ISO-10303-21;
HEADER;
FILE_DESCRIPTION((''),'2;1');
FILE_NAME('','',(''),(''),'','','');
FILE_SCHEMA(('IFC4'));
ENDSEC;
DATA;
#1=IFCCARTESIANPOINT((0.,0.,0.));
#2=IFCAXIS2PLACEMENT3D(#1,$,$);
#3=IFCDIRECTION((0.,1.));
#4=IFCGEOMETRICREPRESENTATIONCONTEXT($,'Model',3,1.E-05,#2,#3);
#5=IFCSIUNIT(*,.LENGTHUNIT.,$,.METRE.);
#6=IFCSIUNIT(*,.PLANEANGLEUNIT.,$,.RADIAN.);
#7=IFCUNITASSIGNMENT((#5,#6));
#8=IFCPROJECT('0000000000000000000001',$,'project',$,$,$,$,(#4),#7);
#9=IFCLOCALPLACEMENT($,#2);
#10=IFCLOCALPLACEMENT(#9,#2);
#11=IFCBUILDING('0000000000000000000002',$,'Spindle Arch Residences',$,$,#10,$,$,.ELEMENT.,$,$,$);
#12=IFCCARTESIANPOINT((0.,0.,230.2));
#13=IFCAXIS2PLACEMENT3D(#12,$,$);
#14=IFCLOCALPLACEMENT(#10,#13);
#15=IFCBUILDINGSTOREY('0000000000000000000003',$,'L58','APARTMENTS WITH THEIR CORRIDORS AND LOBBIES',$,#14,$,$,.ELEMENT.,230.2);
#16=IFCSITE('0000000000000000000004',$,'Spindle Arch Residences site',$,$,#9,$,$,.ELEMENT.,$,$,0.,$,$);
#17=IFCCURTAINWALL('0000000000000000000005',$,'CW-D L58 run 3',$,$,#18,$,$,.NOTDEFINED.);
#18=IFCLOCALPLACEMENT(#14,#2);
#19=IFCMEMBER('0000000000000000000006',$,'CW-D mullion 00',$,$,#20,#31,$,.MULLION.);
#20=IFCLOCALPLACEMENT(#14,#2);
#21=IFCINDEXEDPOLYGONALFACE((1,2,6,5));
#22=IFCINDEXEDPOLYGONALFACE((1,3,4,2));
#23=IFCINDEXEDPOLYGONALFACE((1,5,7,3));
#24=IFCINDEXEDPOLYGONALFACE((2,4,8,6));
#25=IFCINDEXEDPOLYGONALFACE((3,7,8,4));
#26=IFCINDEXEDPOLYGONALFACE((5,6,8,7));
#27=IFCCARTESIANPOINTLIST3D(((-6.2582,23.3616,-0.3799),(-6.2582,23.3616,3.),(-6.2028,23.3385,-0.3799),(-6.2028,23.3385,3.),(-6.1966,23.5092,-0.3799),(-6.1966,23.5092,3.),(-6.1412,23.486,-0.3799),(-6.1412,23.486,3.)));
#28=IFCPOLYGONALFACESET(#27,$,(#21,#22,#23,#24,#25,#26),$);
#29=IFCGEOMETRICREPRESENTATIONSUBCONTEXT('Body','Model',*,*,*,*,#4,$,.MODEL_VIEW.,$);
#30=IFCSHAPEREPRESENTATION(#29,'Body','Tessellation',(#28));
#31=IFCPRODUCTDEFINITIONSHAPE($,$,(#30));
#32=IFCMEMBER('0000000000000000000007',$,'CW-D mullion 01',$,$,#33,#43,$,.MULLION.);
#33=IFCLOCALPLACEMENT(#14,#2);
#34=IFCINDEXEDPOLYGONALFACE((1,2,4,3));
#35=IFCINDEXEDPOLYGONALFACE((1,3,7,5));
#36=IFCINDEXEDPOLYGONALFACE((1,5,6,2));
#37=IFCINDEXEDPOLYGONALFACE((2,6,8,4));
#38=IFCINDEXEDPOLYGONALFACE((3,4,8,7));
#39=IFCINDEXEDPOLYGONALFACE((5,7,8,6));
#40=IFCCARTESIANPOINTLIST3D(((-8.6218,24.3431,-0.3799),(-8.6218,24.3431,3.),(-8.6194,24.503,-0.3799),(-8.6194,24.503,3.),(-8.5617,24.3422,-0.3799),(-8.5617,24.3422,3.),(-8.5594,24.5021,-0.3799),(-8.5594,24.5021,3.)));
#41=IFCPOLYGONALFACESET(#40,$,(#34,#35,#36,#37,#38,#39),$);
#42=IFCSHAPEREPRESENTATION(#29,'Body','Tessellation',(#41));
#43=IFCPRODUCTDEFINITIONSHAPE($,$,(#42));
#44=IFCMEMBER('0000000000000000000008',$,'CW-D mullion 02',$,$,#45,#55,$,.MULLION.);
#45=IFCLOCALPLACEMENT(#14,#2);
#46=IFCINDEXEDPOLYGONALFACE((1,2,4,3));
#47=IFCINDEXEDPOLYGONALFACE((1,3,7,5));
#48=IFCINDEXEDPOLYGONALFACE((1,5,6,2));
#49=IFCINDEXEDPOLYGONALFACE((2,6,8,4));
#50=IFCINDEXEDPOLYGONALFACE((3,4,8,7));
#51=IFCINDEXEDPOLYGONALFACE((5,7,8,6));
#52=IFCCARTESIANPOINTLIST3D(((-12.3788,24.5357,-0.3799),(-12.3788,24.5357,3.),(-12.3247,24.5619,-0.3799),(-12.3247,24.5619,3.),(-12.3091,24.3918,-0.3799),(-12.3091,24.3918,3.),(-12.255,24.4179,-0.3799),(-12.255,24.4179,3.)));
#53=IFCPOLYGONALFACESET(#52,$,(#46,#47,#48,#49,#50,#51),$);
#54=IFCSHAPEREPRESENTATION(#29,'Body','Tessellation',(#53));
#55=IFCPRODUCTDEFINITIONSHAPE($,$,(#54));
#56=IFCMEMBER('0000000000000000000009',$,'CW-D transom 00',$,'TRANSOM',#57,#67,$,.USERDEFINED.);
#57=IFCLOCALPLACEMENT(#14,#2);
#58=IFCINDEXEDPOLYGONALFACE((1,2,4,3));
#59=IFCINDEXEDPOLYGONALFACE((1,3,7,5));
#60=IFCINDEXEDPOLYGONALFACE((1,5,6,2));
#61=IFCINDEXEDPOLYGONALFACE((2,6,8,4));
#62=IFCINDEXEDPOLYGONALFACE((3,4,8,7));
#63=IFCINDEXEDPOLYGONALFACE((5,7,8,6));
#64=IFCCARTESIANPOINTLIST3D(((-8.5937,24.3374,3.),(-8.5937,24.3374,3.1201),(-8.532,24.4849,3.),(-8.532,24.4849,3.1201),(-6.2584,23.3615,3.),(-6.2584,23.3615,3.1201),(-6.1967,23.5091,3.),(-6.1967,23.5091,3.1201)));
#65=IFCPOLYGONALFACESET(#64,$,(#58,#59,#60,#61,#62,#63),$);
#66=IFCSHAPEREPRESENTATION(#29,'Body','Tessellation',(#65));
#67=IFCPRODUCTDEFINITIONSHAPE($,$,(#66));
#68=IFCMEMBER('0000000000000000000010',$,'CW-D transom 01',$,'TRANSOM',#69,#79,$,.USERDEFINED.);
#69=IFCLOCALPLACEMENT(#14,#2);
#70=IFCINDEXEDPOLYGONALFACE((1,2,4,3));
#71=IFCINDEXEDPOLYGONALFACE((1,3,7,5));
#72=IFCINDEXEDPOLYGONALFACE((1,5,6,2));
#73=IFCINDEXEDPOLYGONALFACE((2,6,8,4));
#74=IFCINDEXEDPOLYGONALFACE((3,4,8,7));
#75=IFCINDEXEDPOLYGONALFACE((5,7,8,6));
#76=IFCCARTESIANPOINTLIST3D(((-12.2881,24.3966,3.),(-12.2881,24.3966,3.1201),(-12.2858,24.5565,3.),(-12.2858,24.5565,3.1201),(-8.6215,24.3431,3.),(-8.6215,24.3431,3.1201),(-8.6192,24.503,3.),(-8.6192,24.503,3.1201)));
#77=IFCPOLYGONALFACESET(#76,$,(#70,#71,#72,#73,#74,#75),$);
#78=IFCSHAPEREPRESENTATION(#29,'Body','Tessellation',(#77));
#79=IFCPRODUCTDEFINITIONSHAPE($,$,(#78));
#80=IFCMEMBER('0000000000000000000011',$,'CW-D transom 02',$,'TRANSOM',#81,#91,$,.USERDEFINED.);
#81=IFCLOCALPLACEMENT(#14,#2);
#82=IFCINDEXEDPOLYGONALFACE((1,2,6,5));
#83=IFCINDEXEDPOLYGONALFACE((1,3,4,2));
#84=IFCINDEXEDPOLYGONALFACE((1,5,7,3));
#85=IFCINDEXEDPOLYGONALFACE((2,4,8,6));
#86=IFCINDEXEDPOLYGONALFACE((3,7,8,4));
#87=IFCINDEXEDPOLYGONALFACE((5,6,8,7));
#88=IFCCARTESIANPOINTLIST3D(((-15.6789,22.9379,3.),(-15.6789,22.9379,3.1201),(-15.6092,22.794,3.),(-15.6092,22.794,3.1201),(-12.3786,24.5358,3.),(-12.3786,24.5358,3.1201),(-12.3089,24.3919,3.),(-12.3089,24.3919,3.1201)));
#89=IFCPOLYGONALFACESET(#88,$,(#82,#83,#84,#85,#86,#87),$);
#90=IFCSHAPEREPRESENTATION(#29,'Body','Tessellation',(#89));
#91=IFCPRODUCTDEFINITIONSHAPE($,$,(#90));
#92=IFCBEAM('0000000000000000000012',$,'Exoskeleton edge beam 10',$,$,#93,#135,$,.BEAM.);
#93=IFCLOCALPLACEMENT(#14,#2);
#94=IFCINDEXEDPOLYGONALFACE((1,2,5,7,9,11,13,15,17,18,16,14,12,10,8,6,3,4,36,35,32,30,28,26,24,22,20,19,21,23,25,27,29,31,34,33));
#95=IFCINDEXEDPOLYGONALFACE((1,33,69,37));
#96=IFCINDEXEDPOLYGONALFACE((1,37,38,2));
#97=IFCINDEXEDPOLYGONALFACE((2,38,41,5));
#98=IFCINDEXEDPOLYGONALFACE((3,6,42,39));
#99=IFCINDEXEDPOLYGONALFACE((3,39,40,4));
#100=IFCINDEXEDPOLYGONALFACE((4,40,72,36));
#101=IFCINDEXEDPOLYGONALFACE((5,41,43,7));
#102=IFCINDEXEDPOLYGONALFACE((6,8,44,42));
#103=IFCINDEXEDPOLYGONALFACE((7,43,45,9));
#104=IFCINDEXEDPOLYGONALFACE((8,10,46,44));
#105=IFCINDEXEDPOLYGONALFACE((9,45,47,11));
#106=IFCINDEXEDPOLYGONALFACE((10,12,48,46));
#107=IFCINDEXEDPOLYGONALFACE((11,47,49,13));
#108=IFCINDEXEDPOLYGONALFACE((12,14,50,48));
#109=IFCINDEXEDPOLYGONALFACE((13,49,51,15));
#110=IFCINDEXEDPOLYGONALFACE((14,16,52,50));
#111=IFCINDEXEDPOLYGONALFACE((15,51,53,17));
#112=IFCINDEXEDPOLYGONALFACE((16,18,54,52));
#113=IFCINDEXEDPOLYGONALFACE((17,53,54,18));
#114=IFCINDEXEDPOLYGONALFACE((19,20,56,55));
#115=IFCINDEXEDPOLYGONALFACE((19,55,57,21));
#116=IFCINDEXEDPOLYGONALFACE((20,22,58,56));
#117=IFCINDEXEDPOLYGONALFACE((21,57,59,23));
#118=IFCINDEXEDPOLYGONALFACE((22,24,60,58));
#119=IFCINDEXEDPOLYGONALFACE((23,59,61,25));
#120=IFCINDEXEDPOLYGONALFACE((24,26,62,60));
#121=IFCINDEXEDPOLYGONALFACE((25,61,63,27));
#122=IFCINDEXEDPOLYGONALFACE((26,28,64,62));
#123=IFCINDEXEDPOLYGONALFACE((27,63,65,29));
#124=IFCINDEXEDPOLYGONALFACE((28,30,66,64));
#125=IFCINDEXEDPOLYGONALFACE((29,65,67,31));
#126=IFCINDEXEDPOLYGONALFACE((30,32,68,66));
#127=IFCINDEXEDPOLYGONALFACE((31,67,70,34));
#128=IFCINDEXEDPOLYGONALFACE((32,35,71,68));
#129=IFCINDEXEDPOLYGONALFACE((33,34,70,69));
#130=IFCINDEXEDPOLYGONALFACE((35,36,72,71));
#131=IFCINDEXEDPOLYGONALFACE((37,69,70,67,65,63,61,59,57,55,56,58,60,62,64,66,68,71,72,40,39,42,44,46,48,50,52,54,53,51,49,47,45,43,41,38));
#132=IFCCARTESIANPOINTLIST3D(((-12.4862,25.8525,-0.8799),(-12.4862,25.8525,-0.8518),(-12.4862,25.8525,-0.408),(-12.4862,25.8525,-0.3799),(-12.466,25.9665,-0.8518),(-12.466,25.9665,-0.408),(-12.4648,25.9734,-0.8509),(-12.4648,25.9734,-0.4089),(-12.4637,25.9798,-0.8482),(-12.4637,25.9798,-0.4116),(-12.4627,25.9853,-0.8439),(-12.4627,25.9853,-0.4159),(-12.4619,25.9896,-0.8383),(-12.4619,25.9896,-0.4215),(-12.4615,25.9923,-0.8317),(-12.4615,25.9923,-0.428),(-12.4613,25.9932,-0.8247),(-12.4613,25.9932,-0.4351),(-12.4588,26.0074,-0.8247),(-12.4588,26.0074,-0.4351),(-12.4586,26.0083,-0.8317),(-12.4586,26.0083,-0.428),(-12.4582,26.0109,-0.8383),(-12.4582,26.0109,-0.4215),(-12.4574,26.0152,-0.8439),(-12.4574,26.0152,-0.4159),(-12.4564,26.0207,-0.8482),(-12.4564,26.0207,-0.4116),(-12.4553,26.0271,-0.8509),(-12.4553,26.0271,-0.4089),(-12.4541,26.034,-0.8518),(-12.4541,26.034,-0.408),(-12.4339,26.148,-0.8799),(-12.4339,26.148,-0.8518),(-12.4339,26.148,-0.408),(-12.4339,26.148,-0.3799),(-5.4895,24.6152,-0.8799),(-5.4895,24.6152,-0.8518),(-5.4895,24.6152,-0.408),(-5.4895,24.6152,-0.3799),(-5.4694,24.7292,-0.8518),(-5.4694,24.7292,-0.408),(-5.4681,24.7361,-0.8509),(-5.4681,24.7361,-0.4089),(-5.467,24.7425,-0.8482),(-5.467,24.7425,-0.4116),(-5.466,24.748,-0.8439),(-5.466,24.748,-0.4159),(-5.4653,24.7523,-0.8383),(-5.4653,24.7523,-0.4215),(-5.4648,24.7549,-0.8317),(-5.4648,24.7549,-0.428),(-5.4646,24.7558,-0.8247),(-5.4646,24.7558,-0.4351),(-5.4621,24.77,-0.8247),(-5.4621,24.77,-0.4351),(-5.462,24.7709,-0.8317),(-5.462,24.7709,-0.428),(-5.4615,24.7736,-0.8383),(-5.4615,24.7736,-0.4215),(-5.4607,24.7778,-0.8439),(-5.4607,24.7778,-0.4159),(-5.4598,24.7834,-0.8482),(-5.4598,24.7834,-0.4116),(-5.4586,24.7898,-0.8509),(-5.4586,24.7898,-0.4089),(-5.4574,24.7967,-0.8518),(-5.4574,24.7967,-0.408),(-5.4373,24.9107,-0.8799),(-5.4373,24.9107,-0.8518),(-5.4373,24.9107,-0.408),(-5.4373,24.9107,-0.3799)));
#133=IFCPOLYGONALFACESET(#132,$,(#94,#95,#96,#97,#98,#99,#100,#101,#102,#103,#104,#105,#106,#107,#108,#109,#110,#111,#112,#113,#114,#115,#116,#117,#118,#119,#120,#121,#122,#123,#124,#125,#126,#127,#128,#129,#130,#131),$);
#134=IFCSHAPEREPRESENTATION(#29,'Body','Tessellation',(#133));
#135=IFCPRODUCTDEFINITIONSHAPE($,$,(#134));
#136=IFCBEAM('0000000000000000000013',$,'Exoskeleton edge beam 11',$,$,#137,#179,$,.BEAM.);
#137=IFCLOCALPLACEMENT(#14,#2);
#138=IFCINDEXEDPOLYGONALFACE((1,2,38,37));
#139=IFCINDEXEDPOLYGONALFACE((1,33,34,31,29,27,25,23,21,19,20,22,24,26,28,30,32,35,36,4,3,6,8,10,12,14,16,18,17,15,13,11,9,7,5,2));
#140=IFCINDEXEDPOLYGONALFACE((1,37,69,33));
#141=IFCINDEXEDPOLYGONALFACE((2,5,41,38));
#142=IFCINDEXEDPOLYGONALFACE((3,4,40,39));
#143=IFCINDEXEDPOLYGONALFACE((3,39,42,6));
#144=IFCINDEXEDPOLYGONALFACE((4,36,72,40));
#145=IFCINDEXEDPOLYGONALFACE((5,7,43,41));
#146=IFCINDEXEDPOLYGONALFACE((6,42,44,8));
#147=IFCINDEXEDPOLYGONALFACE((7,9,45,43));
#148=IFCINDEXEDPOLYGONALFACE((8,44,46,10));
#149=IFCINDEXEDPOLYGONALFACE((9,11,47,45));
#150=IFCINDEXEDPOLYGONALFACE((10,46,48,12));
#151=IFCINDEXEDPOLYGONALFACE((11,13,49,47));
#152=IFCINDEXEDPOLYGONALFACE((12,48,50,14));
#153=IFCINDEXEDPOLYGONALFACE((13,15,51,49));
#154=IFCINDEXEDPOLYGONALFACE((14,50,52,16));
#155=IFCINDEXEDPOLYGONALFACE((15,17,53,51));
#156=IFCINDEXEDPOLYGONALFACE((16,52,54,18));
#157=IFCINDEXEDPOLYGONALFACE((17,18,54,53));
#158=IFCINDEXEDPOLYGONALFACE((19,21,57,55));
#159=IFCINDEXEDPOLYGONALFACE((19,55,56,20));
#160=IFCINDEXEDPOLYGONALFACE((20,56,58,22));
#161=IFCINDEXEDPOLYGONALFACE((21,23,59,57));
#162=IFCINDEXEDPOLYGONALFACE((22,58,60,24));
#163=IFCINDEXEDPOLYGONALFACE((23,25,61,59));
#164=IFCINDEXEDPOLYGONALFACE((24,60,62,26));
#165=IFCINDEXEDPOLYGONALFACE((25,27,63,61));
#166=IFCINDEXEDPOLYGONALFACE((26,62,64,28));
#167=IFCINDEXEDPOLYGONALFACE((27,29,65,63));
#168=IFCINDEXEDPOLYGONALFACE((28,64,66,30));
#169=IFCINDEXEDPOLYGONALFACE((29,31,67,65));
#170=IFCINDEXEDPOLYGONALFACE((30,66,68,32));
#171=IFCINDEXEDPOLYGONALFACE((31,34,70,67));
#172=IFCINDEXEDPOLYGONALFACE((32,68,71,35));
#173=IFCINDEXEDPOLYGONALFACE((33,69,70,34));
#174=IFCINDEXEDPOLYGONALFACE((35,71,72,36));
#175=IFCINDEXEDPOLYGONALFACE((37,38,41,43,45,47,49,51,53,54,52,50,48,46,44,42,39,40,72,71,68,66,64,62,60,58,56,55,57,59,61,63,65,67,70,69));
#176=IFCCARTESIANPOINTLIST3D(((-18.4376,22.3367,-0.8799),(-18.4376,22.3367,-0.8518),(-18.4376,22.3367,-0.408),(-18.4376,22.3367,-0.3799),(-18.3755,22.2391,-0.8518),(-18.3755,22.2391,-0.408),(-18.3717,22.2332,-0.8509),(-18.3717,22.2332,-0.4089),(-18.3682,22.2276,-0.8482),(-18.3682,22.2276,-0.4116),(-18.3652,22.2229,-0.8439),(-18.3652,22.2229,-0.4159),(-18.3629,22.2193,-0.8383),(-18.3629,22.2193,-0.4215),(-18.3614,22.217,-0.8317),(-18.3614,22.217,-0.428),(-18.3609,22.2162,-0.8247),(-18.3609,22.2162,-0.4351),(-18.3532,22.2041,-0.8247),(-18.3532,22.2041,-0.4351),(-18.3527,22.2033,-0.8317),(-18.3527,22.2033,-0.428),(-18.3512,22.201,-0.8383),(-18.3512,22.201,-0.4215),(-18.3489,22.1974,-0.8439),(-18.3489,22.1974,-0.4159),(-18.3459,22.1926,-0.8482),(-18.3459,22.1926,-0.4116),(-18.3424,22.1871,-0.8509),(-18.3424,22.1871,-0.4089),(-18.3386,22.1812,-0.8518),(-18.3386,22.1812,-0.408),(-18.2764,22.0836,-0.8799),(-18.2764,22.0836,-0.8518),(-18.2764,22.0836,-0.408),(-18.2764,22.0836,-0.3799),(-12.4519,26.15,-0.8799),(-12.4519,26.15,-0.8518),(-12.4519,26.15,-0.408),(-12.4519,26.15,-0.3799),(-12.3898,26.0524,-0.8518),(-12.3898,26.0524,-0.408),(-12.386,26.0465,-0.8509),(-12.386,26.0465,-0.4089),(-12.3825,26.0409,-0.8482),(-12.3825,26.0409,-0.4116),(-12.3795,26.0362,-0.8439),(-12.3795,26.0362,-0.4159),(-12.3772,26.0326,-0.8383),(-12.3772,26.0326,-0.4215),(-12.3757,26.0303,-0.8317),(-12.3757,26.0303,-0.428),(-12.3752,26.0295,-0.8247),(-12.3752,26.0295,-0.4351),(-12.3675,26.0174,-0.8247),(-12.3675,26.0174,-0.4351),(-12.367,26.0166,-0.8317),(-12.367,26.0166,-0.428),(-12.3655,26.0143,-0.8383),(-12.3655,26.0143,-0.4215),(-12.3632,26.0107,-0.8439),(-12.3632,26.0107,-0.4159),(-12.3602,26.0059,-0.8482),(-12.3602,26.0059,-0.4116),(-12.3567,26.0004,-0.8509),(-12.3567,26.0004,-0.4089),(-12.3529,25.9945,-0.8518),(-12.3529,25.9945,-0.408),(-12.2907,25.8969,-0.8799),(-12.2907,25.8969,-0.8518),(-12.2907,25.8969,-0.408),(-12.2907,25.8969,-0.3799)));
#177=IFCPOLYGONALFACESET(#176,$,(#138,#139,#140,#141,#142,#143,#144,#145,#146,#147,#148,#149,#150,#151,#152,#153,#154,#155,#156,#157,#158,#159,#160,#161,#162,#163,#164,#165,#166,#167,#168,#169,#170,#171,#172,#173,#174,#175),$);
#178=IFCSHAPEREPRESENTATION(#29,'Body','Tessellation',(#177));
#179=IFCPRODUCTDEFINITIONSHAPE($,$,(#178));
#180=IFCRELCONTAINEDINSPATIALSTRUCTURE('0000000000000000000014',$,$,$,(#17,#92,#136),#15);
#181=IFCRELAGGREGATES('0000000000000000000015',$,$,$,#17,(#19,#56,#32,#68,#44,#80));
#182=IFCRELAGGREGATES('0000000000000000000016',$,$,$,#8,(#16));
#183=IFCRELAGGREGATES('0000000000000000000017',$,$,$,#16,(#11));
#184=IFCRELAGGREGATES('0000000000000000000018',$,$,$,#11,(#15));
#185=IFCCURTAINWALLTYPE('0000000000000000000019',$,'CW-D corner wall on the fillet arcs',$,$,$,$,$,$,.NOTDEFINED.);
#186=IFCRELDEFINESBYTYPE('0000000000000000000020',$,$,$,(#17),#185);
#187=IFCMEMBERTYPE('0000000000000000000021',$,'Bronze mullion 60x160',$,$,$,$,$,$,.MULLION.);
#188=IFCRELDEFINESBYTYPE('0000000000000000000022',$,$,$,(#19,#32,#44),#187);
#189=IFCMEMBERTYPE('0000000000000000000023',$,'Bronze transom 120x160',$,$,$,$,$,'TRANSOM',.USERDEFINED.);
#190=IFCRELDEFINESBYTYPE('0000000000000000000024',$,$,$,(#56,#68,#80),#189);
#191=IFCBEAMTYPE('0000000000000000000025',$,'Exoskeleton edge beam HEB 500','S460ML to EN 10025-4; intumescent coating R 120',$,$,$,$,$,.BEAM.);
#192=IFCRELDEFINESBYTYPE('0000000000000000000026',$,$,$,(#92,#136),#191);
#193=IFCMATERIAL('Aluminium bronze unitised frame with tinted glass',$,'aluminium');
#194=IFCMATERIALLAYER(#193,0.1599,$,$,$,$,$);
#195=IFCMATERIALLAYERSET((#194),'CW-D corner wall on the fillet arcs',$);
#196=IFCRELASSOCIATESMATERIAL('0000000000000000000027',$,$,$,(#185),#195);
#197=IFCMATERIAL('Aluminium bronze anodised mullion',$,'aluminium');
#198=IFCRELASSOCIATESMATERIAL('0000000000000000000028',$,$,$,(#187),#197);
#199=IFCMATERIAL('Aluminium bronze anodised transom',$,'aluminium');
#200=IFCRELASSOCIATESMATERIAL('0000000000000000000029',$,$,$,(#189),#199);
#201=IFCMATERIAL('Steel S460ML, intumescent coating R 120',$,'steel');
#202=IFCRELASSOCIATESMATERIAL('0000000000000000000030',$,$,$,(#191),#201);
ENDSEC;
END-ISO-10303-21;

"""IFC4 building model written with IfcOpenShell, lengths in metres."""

from ifc_helpers import new_model, si_unit, direction, frame, origin, origin_2d, place, context, subcontext, project, spatial, rectangle, i_section, extrude, material, layer, layer_set, material_profile, profile_set, type_object, element, aggregate, save


model = new_model("IFC4")

# Units and contexts
model_context = context("Model", 3, precision=1e-05, world=origin(), true_north=direction((0.0, 1.0)))
body_context = subcontext(model_context, "Body", "Model", "MODEL_VIEW")
ifc_project = project(units=[si_unit("LENGTHUNIT", "METRE"), si_unit("PLANEANGLEUNIT", "RADIAN")], contexts=[model_context])

# Site, building, storey
site_placement = place(None, origin())
site = spatial("IfcSite", under=ifc_project, at=site_placement, Name="Spindle Arch Residences site", CompositionType="ELEMENT", RefElevation=0.0)
building_placement = place(site_placement, origin())
building = spatial("IfcBuilding", under=site, at=building_placement, Name="Spindle Arch Residences", CompositionType="ELEMENT")
storey_placement = place(building_placement, frame((0.0, 0.0, 230.2)))
storey = spatial("IfcBuildingStorey", under=building, at=storey_placement, Name="L58", Description="APARTMENTS WITH THEIR CORRIDORS AND LOBBIES", CompositionType="ELEMENT", Elevation=230.2)

# Curtain wall, members
ifc_material_1 = material(Name="Aluminium bronze unitised frame with tinted glass", Category="aluminium")
ifc_layer_1 = layer(ifc_material_1, 0.1599)
ifc_layer_set_1 = layer_set([ifc_layer_1], Name="CW-D corner wall on the fillet arcs")
curtain_wall_type_1 = type_object("IfcCurtainWallType", Name="CW-D corner wall on the fillet arcs", PredefinedType="NOTDEFINED", material=ifc_layer_set_1)
curtain_wall_1_placement = place(storey_placement, origin())
curtain_wall_1 = element("IfcCurtainWall", 1, at=curtain_wall_1_placement, inside=storey, type_object=curtain_wall_type_1, Name="CW-D L58 run 3", PredefinedType="NOTDEFINED")
ifc_material_2 = material(Name="Aluminium bronze anodised mullion", Category="aluminium")
ifc_material_profile_1 = material_profile(ifc_material_2, rectangle(XDim=0.1599, YDim=0.0601, at=origin_2d()), Name="MU 60x160")
ifc_profile_set_1 = profile_set([ifc_material_profile_1], Name="Aluminium bronze anodised mullion")
member_type_1 = type_object("IfcMemberType", Name="Bronze mullion 60x160", PredefinedType="MULLION", material=ifc_profile_set_1)
member_1_placement = place(storey_placement, frame((-6.1997, 23.4238, -0.3799), z_axis=(0.0, 0.0, 1.0), x_axis=(-0.385552, -0.922686, 0.0)))
member_1 = element("IfcMember", 2, at=member_1_placement, type_object=member_type_1, Name="CW-D mullion 00", PredefinedType="MULLION", context=body_context, shape_type="SweptSolid", body=[
    extrude(rectangle(XDim=0.1599, YDim=0.0601, at=origin_2d()), origin(), (0.0, 0.0, 1.0), 3.3799),
])
member_2_placement = place(storey_placement, frame((-8.5906, 24.4226, -0.3799), z_axis=(0.0, 0.0, 1.0), x_axis=(-0.014544, -0.999894, 0.0)))
member_2 = element("IfcMember", 3, at=member_2_placement, type_object=member_type_1, Name="CW-D mullion 01", PredefinedType="MULLION", context=body_context, shape_type="SweptSolid", body=[
    extrude(rectangle(XDim=0.1599, YDim=0.0601, at=origin_2d()), origin(), (0.0, 0.0, 1.0), 3.3799),
])
member_3_placement = place(storey_placement, frame((-12.3169, 24.4768, -0.3799), z_axis=(0.0, 0.0, 1.0), x_axis=(0.435755, -0.900065, 0.0)))
member_3 = element("IfcMember", 4, at=member_3_placement, type_object=member_type_1, Name="CW-D mullion 02", PredefinedType="MULLION", context=body_context, shape_type="SweptSolid", body=[
    extrude(rectangle(XDim=0.1599, YDim=0.0601, at=origin_2d()), origin(), (0.0, 0.0, 1.0), 3.3799),
])
ifc_material_3 = material(Name="Aluminium bronze anodised transom", Category="aluminium")
ifc_material_profile_2 = material_profile(ifc_material_3, rectangle(XDim=0.1599, YDim=0.1201, at=origin_2d()), Name="TR 120x160")
ifc_profile_set_2 = profile_set([ifc_material_profile_2], Name="Aluminium bronze anodised transom")
member_type_2 = type_object("IfcMemberType", Name="Bronze transom 120x160", ElementType="TRANSOM", PredefinedType="USERDEFINED", material=ifc_profile_set_2)
member_4_placement = place(storey_placement, frame((-6.2275, 23.4353, 3.0601), z_axis=(-0.92268, 0.385567, 0.0), x_axis=(-0.385567, -0.92268, 0.0)))
member_4 = element("IfcMember", 5, at=member_4_placement, type_object=member_type_2, Name="CW-D transom 00", ObjectType="TRANSOM", PredefinedType="USERDEFINED", context=body_context, shape_type="SweptSolid", body=[
    extrude(rectangle(XDim=0.1599, YDim=0.1201, at=origin_2d()), origin(), (0.0, 0.0, 1.0), 2.531),
])
member_5_placement = place(storey_placement, frame((-8.6204, 24.4231, 3.0601), z_axis=(-0.999894, 0.014581, 0.0), x_axis=(-0.014581, -0.999894, 0.0)))
member_5 = element("IfcMember", 6, at=member_5_placement, type_object=member_type_2, Name="CW-D transom 01", ObjectType="TRANSOM", PredefinedType="USERDEFINED", context=body_context, shape_type="SweptSolid", body=[
    extrude(rectangle(XDim=0.1599, YDim=0.1201, at=origin_2d()), origin(), (0.0, 0.0, 1.0), 3.667),
])
member_6_placement = place(storey_placement, frame((-12.3438, 24.4639, 3.0601), z_axis=(-0.900054, -0.435778, 0.0), x_axis=(0.435778, -0.900054, 0.0)))
member_6 = element("IfcMember", 7, at=member_6_placement, type_object=member_type_2, Name="CW-D transom 02", ObjectType="TRANSOM", PredefinedType="USERDEFINED", context=body_context, shape_type="SweptSolid", body=[
    extrude(rectangle(XDim=0.1599, YDim=0.1201, at=origin_2d()), origin(), (0.0, 0.0, 1.0), 3.6667),
])

# Beams
ifc_material_4 = material(Name="Steel S460ML, intumescent coating R 120", Category="steel")
ifc_material_profile_3 = material_profile(ifc_material_4, i_section(OverallWidth=0.3, OverallDepth=0.5, WebThickness=0.0144, FlangeThickness=0.0281, FilletRadius=0.0271, at=origin_2d()), Name="HEB 500")
ifc_profile_set_3 = profile_set([ifc_material_profile_3], Name="Steel S460ML, intumescent coating R 120")
beam_type_1 = type_object("IfcBeamType", Name="Exoskeleton edge beam HEB 500", Description="S460ML to EN 10025-4; intumescent coating R 120", PredefinedType="BEAM", material=ifc_profile_set_3)
beam_1_placement = place(storey_placement, frame((-5.4634, 24.7629, -0.6299), z_axis=(-0.984721, 0.174142, 0.0), x_axis=(-0.174142, -0.984721, 0.0)))
element("IfcBeam", 8, at=beam_1_placement, inside=storey, type_object=beam_type_1, Name="Exoskeleton edge beam 10", PredefinedType="BEAM", context=body_context, shape_type="SweptSolid", body=[
    extrude(i_section(OverallWidth=0.3, OverallDepth=0.5, WebThickness=0.0144, FlangeThickness=0.0281, FilletRadius=0.0271, at=origin_2d()), origin(), (0.0, 0.0, 1.0), 7.1052),
])
beam_2_placement = place(storey_placement, frame((-12.3713, 26.0234, -0.6299), z_axis=(-0.843392, -0.537298, 0.0), x_axis=(0.537298, -0.843392, 0.0)))
element("IfcBeam", 9, at=beam_2_placement, inside=storey, type_object=beam_type_1, Name="Exoskeleton edge beam 11", PredefinedType="BEAM", context=body_context, shape_type="SweptSolid", body=[
    extrude(i_section(OverallWidth=0.3, OverallDepth=0.5, WebThickness=0.0144, FlangeThickness=0.0281, FilletRadius=0.0271, at=origin_2d()), origin(), (0.0, 0.0, 1.0), 7.0972),
])

aggregate(curtain_wall_1, [member_1, member_4, member_2, member_5, member_3, member_6])

save(model, "model.ifc")
